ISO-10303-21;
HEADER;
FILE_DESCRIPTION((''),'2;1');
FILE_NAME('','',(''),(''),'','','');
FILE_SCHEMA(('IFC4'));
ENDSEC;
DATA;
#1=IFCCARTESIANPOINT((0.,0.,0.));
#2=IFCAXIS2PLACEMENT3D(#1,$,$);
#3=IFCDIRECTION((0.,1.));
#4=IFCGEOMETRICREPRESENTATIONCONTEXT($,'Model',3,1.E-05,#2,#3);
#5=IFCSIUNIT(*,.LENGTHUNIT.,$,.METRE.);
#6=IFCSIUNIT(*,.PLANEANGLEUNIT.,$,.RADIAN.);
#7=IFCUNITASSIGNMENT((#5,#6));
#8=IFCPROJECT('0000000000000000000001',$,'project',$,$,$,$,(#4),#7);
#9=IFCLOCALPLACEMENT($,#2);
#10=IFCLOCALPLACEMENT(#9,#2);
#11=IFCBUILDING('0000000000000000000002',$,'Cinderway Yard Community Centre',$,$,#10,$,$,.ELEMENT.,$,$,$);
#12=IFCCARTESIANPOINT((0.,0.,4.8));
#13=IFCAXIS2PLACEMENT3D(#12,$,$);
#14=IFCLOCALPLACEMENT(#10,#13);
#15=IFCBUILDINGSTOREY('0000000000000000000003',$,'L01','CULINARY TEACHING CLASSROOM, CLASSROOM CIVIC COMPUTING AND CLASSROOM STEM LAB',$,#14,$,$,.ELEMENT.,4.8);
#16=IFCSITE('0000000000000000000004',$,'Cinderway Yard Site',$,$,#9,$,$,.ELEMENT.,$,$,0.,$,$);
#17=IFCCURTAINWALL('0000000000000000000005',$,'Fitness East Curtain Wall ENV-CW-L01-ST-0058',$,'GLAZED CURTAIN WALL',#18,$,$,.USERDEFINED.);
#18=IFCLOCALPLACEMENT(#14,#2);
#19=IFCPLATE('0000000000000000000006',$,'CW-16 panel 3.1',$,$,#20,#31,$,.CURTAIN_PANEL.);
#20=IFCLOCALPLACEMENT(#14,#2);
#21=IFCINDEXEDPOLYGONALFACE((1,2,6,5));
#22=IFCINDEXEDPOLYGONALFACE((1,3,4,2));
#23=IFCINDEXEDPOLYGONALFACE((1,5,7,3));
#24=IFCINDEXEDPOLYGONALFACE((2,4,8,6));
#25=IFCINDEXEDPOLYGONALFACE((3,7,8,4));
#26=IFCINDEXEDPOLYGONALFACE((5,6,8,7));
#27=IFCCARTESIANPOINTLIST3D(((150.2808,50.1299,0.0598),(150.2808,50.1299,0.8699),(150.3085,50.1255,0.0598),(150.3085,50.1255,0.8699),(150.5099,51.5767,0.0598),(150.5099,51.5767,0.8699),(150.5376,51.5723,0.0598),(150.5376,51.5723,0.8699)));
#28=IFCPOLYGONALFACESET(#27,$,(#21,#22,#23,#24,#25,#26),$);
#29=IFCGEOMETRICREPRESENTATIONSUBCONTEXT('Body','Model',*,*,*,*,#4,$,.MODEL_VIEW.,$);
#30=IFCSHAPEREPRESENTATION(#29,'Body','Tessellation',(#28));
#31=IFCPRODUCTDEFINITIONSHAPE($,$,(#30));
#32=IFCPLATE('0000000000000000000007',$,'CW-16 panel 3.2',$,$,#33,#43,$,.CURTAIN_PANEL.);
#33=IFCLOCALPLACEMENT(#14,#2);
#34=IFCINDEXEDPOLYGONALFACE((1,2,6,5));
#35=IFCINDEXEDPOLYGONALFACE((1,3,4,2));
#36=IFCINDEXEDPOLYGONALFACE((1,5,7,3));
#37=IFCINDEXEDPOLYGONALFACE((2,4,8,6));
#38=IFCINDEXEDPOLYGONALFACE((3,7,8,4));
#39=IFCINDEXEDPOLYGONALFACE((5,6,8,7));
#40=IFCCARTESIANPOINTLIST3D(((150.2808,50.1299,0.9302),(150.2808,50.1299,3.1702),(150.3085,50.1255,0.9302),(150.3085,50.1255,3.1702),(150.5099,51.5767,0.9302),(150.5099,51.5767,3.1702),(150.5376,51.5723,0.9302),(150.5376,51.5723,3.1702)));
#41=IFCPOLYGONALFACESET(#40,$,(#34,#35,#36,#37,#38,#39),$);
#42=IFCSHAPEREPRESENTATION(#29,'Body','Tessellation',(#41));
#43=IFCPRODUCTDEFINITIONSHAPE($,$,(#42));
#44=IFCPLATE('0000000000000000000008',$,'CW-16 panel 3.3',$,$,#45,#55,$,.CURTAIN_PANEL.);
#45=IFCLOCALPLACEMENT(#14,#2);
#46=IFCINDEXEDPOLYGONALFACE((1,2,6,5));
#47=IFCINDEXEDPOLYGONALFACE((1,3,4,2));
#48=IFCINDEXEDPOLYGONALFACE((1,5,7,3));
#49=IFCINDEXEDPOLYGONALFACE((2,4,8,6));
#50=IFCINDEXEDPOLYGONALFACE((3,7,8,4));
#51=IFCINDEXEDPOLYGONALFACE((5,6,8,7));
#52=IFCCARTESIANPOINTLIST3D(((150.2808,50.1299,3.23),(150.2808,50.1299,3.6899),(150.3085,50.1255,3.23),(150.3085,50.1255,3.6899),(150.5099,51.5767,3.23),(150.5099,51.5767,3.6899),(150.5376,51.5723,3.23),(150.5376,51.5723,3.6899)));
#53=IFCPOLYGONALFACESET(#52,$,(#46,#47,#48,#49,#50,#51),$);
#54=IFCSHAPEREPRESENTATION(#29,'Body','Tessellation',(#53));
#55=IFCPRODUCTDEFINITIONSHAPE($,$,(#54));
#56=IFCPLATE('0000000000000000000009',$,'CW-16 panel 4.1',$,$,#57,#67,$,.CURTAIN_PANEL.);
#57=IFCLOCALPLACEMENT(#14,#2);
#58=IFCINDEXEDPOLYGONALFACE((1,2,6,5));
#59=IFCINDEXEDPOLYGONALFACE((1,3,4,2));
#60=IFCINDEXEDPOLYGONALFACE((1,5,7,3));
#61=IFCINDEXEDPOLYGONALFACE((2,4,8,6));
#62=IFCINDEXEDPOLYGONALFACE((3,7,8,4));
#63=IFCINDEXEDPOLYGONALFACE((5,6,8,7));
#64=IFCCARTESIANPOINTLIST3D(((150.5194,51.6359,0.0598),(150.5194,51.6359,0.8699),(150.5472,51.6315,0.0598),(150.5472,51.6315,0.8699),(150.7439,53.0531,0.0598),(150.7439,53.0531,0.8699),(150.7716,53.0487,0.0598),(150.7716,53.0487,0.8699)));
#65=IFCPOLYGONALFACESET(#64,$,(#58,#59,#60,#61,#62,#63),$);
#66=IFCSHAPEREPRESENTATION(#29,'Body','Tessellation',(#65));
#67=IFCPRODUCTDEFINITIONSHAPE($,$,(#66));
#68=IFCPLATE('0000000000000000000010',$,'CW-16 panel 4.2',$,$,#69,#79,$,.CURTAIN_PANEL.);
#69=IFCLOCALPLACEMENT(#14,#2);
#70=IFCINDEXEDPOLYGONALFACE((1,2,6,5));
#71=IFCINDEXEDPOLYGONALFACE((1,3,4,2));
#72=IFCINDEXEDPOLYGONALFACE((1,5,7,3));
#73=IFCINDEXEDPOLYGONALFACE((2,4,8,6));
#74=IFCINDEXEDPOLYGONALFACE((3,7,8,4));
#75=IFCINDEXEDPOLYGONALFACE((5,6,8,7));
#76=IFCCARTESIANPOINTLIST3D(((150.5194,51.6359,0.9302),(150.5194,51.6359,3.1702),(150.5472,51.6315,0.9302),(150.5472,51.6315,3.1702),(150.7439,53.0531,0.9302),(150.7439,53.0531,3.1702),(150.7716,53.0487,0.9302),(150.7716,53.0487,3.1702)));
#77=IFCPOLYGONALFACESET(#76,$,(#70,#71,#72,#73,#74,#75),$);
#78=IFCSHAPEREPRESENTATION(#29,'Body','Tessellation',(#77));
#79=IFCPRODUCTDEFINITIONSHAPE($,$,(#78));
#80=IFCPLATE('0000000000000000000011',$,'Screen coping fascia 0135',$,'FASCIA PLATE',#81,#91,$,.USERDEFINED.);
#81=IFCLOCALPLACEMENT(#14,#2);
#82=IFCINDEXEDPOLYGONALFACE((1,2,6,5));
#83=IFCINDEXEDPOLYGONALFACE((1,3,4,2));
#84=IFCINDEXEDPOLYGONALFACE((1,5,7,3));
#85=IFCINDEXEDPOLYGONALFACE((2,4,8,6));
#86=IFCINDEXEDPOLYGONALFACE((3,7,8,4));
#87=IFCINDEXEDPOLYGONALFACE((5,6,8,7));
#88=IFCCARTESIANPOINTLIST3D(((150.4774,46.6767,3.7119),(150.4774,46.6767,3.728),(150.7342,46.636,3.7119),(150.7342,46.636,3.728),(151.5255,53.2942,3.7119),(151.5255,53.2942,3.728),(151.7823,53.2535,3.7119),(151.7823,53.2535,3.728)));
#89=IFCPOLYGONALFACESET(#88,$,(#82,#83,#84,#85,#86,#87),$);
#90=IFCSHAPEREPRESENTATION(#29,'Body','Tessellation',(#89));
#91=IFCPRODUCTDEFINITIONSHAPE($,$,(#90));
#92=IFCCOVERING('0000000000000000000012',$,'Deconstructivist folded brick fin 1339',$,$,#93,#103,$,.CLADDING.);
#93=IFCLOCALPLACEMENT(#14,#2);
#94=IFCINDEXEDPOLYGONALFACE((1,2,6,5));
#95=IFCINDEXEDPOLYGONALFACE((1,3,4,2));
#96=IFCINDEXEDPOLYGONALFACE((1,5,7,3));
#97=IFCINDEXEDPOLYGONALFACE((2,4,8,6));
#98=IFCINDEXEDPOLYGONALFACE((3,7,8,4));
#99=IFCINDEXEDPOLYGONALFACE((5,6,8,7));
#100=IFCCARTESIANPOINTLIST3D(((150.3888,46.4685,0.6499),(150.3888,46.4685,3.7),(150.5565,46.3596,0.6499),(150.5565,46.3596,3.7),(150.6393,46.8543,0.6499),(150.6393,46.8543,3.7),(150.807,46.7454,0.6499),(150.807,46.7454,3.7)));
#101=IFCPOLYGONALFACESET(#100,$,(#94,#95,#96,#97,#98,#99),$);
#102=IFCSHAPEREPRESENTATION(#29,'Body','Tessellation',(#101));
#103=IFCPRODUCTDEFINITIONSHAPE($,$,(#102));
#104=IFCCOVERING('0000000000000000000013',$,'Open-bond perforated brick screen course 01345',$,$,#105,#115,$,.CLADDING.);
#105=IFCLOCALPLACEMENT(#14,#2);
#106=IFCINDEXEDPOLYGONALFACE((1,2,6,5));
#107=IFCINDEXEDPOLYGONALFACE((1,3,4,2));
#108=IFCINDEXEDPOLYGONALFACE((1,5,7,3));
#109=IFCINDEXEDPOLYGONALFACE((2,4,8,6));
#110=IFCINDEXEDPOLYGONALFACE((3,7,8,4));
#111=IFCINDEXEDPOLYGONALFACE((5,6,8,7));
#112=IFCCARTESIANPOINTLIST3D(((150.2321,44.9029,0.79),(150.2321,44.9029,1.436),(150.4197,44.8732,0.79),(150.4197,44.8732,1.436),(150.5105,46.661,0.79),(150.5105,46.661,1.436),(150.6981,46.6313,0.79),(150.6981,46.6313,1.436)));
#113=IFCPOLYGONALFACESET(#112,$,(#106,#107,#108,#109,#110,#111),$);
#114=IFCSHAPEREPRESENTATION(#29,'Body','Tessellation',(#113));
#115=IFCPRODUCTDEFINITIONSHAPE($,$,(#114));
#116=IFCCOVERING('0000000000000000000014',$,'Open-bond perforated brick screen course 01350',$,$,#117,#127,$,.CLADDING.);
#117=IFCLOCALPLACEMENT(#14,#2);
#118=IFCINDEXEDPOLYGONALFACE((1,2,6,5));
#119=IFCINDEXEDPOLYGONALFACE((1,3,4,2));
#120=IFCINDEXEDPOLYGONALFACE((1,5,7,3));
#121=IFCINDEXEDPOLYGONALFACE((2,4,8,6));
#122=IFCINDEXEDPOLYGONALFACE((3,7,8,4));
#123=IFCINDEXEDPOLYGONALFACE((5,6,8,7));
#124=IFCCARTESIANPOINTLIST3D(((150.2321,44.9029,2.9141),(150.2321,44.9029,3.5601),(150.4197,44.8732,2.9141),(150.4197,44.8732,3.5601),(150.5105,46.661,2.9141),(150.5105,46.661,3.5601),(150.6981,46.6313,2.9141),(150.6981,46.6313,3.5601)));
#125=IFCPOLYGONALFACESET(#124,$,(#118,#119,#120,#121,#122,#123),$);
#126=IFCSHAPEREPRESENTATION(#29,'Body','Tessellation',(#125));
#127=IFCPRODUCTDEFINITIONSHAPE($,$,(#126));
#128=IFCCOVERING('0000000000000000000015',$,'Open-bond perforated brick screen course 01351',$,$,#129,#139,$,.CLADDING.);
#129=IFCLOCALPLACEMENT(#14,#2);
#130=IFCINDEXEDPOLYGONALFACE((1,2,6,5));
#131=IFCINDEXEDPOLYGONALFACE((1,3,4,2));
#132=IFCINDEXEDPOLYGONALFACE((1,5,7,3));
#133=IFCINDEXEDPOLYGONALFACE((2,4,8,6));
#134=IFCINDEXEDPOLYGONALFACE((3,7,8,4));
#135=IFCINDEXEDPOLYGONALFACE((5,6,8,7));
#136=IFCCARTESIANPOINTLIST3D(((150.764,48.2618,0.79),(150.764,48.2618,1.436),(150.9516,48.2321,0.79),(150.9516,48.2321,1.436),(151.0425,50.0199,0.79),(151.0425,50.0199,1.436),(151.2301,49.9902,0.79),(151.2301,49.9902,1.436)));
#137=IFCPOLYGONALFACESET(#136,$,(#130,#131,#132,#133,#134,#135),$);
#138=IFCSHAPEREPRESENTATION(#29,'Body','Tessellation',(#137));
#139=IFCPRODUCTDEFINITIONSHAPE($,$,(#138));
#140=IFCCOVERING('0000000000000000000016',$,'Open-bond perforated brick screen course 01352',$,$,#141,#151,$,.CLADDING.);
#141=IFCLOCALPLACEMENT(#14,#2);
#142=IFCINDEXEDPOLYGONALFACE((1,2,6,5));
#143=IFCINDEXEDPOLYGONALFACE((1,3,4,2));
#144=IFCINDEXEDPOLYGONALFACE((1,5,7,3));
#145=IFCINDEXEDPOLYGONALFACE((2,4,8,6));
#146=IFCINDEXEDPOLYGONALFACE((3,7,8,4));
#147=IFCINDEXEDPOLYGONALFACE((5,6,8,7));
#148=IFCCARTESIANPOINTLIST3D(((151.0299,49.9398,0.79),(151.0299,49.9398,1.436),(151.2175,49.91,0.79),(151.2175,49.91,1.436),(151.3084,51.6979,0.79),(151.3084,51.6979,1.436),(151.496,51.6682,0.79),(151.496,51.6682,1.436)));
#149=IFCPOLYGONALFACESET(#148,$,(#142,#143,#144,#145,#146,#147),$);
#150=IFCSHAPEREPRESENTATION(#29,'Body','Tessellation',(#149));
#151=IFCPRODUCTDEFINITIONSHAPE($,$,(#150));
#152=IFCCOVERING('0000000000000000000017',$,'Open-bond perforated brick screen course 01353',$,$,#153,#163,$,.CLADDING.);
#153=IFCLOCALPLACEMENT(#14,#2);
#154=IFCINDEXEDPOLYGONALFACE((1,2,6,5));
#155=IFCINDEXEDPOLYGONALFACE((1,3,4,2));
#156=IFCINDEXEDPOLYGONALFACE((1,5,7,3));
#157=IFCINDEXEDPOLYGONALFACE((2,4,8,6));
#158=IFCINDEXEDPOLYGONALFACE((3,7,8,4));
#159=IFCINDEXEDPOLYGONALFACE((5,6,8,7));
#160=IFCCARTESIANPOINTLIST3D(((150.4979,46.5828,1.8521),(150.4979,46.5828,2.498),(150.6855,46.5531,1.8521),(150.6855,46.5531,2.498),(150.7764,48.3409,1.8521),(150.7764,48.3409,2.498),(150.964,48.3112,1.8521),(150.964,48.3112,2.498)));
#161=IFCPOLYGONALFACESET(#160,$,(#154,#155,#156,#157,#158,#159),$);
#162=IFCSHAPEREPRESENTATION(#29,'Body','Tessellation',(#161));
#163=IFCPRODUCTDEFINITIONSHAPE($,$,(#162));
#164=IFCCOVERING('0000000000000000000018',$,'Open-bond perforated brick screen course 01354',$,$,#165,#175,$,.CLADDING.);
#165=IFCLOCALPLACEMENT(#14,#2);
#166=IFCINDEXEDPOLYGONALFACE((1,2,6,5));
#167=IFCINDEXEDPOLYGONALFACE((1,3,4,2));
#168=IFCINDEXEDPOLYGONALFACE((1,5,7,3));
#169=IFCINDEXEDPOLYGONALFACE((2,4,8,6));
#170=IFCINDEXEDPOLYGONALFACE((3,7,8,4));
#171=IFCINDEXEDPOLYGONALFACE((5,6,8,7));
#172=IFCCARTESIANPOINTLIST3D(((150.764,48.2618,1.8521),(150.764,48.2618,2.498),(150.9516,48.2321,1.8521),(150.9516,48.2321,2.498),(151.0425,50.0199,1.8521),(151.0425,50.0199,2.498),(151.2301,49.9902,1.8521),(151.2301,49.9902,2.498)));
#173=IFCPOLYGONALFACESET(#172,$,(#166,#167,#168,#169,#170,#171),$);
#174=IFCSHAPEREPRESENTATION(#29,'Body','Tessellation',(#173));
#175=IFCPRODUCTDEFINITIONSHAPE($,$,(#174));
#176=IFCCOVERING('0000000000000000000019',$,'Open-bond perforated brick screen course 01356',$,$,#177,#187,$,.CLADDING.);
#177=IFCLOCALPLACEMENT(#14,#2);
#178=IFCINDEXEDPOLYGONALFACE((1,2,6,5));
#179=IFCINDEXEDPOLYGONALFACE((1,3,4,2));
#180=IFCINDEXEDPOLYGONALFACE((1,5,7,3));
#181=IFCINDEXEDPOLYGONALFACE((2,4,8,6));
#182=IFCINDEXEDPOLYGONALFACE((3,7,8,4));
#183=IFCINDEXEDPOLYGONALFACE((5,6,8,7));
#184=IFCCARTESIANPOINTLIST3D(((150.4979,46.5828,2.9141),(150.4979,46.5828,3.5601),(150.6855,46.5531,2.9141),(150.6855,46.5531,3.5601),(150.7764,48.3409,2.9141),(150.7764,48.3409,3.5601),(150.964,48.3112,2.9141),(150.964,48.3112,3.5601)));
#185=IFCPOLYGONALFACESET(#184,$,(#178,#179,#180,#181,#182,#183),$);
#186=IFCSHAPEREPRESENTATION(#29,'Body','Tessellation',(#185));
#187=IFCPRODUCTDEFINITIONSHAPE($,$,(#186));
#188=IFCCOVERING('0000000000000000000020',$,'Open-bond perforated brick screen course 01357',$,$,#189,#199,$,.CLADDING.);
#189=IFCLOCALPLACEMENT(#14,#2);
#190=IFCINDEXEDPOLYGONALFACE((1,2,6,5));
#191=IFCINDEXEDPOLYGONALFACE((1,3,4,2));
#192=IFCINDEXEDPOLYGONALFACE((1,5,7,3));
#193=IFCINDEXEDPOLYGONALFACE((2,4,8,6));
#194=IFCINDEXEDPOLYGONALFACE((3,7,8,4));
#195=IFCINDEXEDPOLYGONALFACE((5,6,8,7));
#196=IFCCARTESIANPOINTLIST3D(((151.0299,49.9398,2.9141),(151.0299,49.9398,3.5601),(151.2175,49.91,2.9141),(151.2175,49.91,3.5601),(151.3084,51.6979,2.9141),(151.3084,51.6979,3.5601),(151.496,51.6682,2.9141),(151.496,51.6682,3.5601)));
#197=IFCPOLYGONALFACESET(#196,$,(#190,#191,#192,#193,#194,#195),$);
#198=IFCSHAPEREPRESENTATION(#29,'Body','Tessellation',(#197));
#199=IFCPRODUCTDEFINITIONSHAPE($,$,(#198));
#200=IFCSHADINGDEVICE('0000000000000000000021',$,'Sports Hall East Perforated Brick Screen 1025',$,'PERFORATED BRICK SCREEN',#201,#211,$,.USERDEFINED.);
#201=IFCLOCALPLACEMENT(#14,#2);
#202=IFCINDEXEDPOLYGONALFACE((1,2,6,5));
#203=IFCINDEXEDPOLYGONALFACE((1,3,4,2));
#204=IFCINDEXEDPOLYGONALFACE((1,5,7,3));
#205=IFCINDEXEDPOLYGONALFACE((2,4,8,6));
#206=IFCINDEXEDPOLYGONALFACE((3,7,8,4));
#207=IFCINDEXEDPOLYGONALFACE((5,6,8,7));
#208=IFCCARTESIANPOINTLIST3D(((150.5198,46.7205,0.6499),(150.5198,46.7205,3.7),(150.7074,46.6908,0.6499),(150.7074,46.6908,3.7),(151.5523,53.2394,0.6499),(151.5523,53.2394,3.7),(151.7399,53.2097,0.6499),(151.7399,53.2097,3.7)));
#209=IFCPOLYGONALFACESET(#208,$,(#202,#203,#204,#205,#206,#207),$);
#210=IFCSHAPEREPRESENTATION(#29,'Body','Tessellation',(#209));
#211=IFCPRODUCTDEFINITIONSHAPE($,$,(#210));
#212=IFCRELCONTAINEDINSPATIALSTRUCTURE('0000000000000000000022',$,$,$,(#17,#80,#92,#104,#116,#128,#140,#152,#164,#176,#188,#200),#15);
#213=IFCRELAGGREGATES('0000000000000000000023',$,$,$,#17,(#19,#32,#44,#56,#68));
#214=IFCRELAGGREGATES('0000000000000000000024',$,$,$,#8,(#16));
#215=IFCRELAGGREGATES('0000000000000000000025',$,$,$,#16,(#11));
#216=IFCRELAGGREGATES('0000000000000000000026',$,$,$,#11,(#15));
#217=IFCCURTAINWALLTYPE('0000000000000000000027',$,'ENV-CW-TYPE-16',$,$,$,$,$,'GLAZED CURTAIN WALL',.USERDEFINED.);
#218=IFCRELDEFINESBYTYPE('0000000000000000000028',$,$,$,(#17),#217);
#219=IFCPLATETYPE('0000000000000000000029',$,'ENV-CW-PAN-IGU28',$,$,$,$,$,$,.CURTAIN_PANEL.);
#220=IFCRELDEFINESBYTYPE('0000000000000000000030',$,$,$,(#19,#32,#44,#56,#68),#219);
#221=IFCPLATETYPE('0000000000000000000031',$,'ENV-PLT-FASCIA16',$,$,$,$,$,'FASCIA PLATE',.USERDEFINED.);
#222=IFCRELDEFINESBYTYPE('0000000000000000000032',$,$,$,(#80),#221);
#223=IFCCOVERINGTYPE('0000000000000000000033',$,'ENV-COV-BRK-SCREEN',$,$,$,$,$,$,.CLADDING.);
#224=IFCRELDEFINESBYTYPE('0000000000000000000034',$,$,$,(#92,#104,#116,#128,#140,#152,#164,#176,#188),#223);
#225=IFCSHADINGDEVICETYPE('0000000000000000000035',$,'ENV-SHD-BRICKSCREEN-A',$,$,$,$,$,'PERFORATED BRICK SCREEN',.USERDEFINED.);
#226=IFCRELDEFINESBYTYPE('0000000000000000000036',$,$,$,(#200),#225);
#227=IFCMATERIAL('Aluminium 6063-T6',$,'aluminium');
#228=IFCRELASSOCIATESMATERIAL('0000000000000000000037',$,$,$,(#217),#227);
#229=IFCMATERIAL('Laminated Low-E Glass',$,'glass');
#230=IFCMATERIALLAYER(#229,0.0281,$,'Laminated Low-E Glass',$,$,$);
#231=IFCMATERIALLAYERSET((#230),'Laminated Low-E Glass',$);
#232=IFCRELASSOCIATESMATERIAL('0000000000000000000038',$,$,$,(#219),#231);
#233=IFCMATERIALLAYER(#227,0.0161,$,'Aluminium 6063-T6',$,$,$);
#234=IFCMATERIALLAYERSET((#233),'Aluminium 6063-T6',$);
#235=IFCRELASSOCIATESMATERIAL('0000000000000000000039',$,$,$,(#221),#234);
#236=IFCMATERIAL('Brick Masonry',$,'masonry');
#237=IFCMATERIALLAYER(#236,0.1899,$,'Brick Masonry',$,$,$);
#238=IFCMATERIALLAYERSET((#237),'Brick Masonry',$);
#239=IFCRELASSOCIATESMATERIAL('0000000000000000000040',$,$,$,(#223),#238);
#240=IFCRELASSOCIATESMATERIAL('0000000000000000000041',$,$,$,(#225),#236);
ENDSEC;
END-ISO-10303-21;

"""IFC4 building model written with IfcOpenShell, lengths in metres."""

from ifc_helpers import new_model, si_unit, direction, frame, origin, origin_2d, place, context, subcontext, project, spatial, rectangle, extrude, material, layer, layer_set, type_object, element, aggregate, save


model = new_model("IFC4")

# Units and contexts
model_context = context("Model", 3, precision=1e-05, world=origin(), true_north=direction((0.0, 1.0)))
body_context = subcontext(model_context, "Body", "Model", "MODEL_VIEW")
ifc_project = project(units=[si_unit("LENGTHUNIT", "METRE"), si_unit("PLANEANGLEUNIT", "RADIAN")], contexts=[model_context])

# Site, building, storey
site_placement = place(None, origin())
site = spatial("IfcSite", under=ifc_project, at=site_placement, Name="Cinderway Yard Site", CompositionType="ELEMENT", RefElevation=0.0)
building_placement = place(site_placement, origin())
building = spatial("IfcBuilding", under=site, at=building_placement, Name="Cinderway Yard Community Centre", CompositionType="ELEMENT")
storey_placement = place(building_placement, frame((0.0, 0.0, 4.8)))
storey = spatial("IfcBuildingStorey", under=building, at=storey_placement, Name="L01", Description="CULINARY TEACHING CLASSROOM, CLASSROOM CIVIC COMPUTING AND CLASSROOM STEM LAB", CompositionType="ELEMENT", Elevation=4.8)

# Curtain wall
ifc_material_1 = material(Name="Aluminium 6063-T6", Category="aluminium")
curtain_wall_type = type_object("IfcCurtainWallType", Name="ENV-CW-TYPE-16", ElementType="GLAZED CURTAIN WALL", PredefinedType="USERDEFINED", material=ifc_material_1)
curtain_wall_placement = place(storey_placement, origin())
curtain_wall = element("IfcCurtainWall", 1, at=curtain_wall_placement, inside=storey, type_object=curtain_wall_type, Name="Fitness East Curtain Wall ENV-CW-L01-ST-0058", ObjectType="GLAZED CURTAIN WALL", PredefinedType="USERDEFINED")

# Plates
ifc_material_2 = material(Name="Laminated Low-E Glass", Category="glass")
ifc_layer_1 = layer(ifc_material_2, 0.0281, Name="Laminated Low-E Glass")
ifc_layer_set_1 = layer_set([ifc_layer_1], Name="Laminated Low-E Glass")
plate_type_1 = type_object("IfcPlateType", Name="ENV-CW-PAN-IGU28", PredefinedType="CURTAIN_PANEL", material=ifc_layer_set_1)
plate_1_placement = place(storey_placement, frame((150.4092, 50.8511, 0.0598), z_axis=(0.0, 0.0, 1.0), x_axis=(0.156417, 0.987691, 0.0)))
plate_1 = element("IfcPlate", 2, at=plate_1_placement, type_object=plate_type_1, Name="CW-16 panel 3.1", PredefinedType="CURTAIN_PANEL", context=body_context, shape_type="SweptSolid", body=[
    extrude(rectangle(XDim=1.4648, YDim=0.0281, at=origin_2d()), origin(), (0.0, 0.0, 1.0), 0.8101),
])
plate_2_placement = place(storey_placement, frame((150.4092, 50.8511, 0.9302), z_axis=(0.0, 0.0, 1.0), x_axis=(0.156417, 0.987691, 0.0)))
plate_2 = element("IfcPlate", 3, at=plate_2_placement, type_object=plate_type_1, Name="CW-16 panel 3.2", PredefinedType="CURTAIN_PANEL", context=body_context, shape_type="SweptSolid", body=[
    extrude(rectangle(XDim=1.4648, YDim=0.0281, at=origin_2d()), origin(), (0.0, 0.0, 1.0), 2.24),
])
plate_3_placement = place(storey_placement, frame((150.4092, 50.8511, 3.23), z_axis=(0.0, 0.0, 1.0), x_axis=(0.156417, 0.987691, 0.0)))
plate_3 = element("IfcPlate", 4, at=plate_3_placement, type_object=plate_type_1, Name="CW-16 panel 3.3", PredefinedType="CURTAIN_PANEL", context=body_context, shape_type="SweptSolid", body=[
    extrude(rectangle(XDim=1.4648, YDim=0.0281, at=origin_2d()), origin(), (0.0, 0.0, 1.0), 0.46),
])
plate_4_placement = place(storey_placement, frame((150.6455, 52.3423, 0.0598), z_axis=(0.0, 0.0, 1.0), x_axis=(0.156417, 0.987691, 0.0)))
plate_4 = element("IfcPlate", 5, at=plate_4_placement, type_object=plate_type_1, Name="CW-16 panel 4.1", PredefinedType="CURTAIN_PANEL", context=body_context, shape_type="SweptSolid", body=[
    extrude(rectangle(XDim=1.4348, YDim=0.0281, at=origin_2d()), origin(), (0.0, 0.0, 1.0), 0.8101),
])
plate_5_placement = place(storey_placement, frame((150.6455, 52.3423, 0.9302), z_axis=(0.0, 0.0, 1.0), x_axis=(0.156417, 0.987691, 0.0)))
plate_5 = element("IfcPlate", 6, at=plate_5_placement, type_object=plate_type_1, Name="CW-16 panel 4.2", PredefinedType="CURTAIN_PANEL", context=body_context, shape_type="SweptSolid", body=[
    extrude(rectangle(XDim=1.4348, YDim=0.0281, at=origin_2d()), origin(), (0.0, 0.0, 1.0), 2.24),
])
aggregate(curtain_wall, [plate_1, plate_2, plate_3, plate_4, plate_5])
ifc_layer_2 = layer(ifc_material_1, 0.0161, Name="Aluminium 6063-T6")
ifc_layer_set_2 = layer_set([ifc_layer_2], Name="Aluminium 6063-T6")
plate_type_2 = type_object("IfcPlateType", Name="ENV-PLT-FASCIA16", ElementType="FASCIA PLATE", PredefinedType="USERDEFINED", material=ifc_layer_set_2)
plate_6_placement = place(storey_placement, frame((151.1299, 49.9651, 3.7119), z_axis=(0.0, 0.0, 1.0), x_axis=(-0.156434, -0.987688, 0.0)))
element("IfcPlate", 7, at=plate_6_placement, inside=storey, type_object=plate_type_2, Name="Screen coping fascia 0135", ObjectType="FASCIA PLATE", PredefinedType="USERDEFINED", context=body_context, shape_type="SweptSolid", body=[
    extrude(rectangle(XDim=6.7, YDim=0.26, at=origin_2d()), origin(), (0.0, 0.0, 1.0), 0.0161),
])

# Coverings
ifc_material_3 = material(Name="Brick Masonry", Category="masonry")
ifc_layer_3 = layer(ifc_material_3, 0.1899, Name="Brick Masonry")
ifc_layer_set_3 = layer_set([ifc_layer_3], Name="Brick Masonry")
covering_type = type_object("IfcCoveringType", Name="ENV-COV-BRK-SCREEN", PredefinedType="CLADDING", material=ifc_layer_set_3)
covering_placement = place(storey_placement, frame((150.5979, 46.6069, 0.6499), z_axis=(0.0, 0.0, 1.0), x_axis=(-0.544639, -0.838671, 0.0)))
element("IfcCovering", 8, at=covering_placement, inside=storey, type_object=covering_type, Name="Deconstructivist folded brick fin 1339", PredefinedType="CLADDING", context=body_context, shape_type="SweptSolid", body=[
    extrude(rectangle(XDim=0.46, YDim=0.2, at=origin_2d()), origin(), (0.0, 0.0, 1.0), 3.05),
])
for number, where, z_axis, x_axis, name in (
    (9, (150.4651, 45.7671, 0.79), (0.0, 0.0, 1.0), (-0.156434, -0.987688, 0.0), "Open-bond perforated brick screen course 01345"),
    (10, (150.4651, 45.7671, 2.9141), (0.0, 0.0, 1.0), (-0.156434, -0.987688, 0.0), "Open-bond perforated brick screen course 01350"),
    (11, (150.9971, 49.126, 0.79), (0.0, 0.0, 1.0), (-0.156434, -0.987688, 0.0), "Open-bond perforated brick screen course 01351"),
    (12, (151.2629, 50.804, 0.79), (0.0, 0.0, 1.0), (-0.156434, -0.987688, 0.0), "Open-bond perforated brick screen course 01352"),
    (13, (150.731, 47.447, 1.8521), (0.0, 0.0, 1.0), (-0.156434, -0.987688, 0.0), "Open-bond perforated brick screen course 01353"),
    (14, (150.9971, 49.126, 1.8521), (0.0, 0.0, 1.0), (-0.156434, -0.987688, 0.0), "Open-bond perforated brick screen course 01354"),
    (15, (150.731, 47.447, 2.9141), (0.0, 0.0, 1.0), (-0.156434, -0.987688, 0.0), "Open-bond perforated brick screen course 01356"),
    (16, (151.2629, 50.804, 2.9141), (0.0, 0.0, 1.0), (-0.156434, -0.987688, 0.0), "Open-bond perforated brick screen course 01357"),
):
    element("IfcCovering", number, at=place(storey_placement, frame(where, z_axis=z_axis, x_axis=x_axis)), inside=storey, type_object=covering_type, Name=name, PredefinedType="CLADDING", context=body_context, shape_type="SweptSolid", body=[
        extrude(rectangle(XDim=1.78, YDim=0.1899, at=origin_2d()), origin(), (0.0, 0.0, 1.0), 0.646),
    ])

# Shading device
shading_device_type = type_object("IfcShadingDeviceType", Name="ENV-SHD-BRICKSCREEN-A", ElementType="PERFORATED BRICK SCREEN", PredefinedType="USERDEFINED", material=ifc_material_3)
shading_device_placement = place(storey_placement, frame((151.1299, 49.9651, 0.6499), z_axis=(0.0, 0.0, 1.0), x_axis=(-0.156434, -0.987688, 0.0)))
element("IfcShadingDevice", 17, at=shading_device_placement, inside=storey, type_object=shading_device_type, Name="Sports Hall East Perforated Brick Screen 1025", ObjectType="PERFORATED BRICK SCREEN", PredefinedType="USERDEFINED", context=body_context, shape_type="SweptSolid", body=[
    extrude(rectangle(XDim=6.6001, YDim=0.1899, at=origin_2d()), origin(), (0.0, 0.0, 1.0), 3.05),
])

save(model, "model.ifc")
